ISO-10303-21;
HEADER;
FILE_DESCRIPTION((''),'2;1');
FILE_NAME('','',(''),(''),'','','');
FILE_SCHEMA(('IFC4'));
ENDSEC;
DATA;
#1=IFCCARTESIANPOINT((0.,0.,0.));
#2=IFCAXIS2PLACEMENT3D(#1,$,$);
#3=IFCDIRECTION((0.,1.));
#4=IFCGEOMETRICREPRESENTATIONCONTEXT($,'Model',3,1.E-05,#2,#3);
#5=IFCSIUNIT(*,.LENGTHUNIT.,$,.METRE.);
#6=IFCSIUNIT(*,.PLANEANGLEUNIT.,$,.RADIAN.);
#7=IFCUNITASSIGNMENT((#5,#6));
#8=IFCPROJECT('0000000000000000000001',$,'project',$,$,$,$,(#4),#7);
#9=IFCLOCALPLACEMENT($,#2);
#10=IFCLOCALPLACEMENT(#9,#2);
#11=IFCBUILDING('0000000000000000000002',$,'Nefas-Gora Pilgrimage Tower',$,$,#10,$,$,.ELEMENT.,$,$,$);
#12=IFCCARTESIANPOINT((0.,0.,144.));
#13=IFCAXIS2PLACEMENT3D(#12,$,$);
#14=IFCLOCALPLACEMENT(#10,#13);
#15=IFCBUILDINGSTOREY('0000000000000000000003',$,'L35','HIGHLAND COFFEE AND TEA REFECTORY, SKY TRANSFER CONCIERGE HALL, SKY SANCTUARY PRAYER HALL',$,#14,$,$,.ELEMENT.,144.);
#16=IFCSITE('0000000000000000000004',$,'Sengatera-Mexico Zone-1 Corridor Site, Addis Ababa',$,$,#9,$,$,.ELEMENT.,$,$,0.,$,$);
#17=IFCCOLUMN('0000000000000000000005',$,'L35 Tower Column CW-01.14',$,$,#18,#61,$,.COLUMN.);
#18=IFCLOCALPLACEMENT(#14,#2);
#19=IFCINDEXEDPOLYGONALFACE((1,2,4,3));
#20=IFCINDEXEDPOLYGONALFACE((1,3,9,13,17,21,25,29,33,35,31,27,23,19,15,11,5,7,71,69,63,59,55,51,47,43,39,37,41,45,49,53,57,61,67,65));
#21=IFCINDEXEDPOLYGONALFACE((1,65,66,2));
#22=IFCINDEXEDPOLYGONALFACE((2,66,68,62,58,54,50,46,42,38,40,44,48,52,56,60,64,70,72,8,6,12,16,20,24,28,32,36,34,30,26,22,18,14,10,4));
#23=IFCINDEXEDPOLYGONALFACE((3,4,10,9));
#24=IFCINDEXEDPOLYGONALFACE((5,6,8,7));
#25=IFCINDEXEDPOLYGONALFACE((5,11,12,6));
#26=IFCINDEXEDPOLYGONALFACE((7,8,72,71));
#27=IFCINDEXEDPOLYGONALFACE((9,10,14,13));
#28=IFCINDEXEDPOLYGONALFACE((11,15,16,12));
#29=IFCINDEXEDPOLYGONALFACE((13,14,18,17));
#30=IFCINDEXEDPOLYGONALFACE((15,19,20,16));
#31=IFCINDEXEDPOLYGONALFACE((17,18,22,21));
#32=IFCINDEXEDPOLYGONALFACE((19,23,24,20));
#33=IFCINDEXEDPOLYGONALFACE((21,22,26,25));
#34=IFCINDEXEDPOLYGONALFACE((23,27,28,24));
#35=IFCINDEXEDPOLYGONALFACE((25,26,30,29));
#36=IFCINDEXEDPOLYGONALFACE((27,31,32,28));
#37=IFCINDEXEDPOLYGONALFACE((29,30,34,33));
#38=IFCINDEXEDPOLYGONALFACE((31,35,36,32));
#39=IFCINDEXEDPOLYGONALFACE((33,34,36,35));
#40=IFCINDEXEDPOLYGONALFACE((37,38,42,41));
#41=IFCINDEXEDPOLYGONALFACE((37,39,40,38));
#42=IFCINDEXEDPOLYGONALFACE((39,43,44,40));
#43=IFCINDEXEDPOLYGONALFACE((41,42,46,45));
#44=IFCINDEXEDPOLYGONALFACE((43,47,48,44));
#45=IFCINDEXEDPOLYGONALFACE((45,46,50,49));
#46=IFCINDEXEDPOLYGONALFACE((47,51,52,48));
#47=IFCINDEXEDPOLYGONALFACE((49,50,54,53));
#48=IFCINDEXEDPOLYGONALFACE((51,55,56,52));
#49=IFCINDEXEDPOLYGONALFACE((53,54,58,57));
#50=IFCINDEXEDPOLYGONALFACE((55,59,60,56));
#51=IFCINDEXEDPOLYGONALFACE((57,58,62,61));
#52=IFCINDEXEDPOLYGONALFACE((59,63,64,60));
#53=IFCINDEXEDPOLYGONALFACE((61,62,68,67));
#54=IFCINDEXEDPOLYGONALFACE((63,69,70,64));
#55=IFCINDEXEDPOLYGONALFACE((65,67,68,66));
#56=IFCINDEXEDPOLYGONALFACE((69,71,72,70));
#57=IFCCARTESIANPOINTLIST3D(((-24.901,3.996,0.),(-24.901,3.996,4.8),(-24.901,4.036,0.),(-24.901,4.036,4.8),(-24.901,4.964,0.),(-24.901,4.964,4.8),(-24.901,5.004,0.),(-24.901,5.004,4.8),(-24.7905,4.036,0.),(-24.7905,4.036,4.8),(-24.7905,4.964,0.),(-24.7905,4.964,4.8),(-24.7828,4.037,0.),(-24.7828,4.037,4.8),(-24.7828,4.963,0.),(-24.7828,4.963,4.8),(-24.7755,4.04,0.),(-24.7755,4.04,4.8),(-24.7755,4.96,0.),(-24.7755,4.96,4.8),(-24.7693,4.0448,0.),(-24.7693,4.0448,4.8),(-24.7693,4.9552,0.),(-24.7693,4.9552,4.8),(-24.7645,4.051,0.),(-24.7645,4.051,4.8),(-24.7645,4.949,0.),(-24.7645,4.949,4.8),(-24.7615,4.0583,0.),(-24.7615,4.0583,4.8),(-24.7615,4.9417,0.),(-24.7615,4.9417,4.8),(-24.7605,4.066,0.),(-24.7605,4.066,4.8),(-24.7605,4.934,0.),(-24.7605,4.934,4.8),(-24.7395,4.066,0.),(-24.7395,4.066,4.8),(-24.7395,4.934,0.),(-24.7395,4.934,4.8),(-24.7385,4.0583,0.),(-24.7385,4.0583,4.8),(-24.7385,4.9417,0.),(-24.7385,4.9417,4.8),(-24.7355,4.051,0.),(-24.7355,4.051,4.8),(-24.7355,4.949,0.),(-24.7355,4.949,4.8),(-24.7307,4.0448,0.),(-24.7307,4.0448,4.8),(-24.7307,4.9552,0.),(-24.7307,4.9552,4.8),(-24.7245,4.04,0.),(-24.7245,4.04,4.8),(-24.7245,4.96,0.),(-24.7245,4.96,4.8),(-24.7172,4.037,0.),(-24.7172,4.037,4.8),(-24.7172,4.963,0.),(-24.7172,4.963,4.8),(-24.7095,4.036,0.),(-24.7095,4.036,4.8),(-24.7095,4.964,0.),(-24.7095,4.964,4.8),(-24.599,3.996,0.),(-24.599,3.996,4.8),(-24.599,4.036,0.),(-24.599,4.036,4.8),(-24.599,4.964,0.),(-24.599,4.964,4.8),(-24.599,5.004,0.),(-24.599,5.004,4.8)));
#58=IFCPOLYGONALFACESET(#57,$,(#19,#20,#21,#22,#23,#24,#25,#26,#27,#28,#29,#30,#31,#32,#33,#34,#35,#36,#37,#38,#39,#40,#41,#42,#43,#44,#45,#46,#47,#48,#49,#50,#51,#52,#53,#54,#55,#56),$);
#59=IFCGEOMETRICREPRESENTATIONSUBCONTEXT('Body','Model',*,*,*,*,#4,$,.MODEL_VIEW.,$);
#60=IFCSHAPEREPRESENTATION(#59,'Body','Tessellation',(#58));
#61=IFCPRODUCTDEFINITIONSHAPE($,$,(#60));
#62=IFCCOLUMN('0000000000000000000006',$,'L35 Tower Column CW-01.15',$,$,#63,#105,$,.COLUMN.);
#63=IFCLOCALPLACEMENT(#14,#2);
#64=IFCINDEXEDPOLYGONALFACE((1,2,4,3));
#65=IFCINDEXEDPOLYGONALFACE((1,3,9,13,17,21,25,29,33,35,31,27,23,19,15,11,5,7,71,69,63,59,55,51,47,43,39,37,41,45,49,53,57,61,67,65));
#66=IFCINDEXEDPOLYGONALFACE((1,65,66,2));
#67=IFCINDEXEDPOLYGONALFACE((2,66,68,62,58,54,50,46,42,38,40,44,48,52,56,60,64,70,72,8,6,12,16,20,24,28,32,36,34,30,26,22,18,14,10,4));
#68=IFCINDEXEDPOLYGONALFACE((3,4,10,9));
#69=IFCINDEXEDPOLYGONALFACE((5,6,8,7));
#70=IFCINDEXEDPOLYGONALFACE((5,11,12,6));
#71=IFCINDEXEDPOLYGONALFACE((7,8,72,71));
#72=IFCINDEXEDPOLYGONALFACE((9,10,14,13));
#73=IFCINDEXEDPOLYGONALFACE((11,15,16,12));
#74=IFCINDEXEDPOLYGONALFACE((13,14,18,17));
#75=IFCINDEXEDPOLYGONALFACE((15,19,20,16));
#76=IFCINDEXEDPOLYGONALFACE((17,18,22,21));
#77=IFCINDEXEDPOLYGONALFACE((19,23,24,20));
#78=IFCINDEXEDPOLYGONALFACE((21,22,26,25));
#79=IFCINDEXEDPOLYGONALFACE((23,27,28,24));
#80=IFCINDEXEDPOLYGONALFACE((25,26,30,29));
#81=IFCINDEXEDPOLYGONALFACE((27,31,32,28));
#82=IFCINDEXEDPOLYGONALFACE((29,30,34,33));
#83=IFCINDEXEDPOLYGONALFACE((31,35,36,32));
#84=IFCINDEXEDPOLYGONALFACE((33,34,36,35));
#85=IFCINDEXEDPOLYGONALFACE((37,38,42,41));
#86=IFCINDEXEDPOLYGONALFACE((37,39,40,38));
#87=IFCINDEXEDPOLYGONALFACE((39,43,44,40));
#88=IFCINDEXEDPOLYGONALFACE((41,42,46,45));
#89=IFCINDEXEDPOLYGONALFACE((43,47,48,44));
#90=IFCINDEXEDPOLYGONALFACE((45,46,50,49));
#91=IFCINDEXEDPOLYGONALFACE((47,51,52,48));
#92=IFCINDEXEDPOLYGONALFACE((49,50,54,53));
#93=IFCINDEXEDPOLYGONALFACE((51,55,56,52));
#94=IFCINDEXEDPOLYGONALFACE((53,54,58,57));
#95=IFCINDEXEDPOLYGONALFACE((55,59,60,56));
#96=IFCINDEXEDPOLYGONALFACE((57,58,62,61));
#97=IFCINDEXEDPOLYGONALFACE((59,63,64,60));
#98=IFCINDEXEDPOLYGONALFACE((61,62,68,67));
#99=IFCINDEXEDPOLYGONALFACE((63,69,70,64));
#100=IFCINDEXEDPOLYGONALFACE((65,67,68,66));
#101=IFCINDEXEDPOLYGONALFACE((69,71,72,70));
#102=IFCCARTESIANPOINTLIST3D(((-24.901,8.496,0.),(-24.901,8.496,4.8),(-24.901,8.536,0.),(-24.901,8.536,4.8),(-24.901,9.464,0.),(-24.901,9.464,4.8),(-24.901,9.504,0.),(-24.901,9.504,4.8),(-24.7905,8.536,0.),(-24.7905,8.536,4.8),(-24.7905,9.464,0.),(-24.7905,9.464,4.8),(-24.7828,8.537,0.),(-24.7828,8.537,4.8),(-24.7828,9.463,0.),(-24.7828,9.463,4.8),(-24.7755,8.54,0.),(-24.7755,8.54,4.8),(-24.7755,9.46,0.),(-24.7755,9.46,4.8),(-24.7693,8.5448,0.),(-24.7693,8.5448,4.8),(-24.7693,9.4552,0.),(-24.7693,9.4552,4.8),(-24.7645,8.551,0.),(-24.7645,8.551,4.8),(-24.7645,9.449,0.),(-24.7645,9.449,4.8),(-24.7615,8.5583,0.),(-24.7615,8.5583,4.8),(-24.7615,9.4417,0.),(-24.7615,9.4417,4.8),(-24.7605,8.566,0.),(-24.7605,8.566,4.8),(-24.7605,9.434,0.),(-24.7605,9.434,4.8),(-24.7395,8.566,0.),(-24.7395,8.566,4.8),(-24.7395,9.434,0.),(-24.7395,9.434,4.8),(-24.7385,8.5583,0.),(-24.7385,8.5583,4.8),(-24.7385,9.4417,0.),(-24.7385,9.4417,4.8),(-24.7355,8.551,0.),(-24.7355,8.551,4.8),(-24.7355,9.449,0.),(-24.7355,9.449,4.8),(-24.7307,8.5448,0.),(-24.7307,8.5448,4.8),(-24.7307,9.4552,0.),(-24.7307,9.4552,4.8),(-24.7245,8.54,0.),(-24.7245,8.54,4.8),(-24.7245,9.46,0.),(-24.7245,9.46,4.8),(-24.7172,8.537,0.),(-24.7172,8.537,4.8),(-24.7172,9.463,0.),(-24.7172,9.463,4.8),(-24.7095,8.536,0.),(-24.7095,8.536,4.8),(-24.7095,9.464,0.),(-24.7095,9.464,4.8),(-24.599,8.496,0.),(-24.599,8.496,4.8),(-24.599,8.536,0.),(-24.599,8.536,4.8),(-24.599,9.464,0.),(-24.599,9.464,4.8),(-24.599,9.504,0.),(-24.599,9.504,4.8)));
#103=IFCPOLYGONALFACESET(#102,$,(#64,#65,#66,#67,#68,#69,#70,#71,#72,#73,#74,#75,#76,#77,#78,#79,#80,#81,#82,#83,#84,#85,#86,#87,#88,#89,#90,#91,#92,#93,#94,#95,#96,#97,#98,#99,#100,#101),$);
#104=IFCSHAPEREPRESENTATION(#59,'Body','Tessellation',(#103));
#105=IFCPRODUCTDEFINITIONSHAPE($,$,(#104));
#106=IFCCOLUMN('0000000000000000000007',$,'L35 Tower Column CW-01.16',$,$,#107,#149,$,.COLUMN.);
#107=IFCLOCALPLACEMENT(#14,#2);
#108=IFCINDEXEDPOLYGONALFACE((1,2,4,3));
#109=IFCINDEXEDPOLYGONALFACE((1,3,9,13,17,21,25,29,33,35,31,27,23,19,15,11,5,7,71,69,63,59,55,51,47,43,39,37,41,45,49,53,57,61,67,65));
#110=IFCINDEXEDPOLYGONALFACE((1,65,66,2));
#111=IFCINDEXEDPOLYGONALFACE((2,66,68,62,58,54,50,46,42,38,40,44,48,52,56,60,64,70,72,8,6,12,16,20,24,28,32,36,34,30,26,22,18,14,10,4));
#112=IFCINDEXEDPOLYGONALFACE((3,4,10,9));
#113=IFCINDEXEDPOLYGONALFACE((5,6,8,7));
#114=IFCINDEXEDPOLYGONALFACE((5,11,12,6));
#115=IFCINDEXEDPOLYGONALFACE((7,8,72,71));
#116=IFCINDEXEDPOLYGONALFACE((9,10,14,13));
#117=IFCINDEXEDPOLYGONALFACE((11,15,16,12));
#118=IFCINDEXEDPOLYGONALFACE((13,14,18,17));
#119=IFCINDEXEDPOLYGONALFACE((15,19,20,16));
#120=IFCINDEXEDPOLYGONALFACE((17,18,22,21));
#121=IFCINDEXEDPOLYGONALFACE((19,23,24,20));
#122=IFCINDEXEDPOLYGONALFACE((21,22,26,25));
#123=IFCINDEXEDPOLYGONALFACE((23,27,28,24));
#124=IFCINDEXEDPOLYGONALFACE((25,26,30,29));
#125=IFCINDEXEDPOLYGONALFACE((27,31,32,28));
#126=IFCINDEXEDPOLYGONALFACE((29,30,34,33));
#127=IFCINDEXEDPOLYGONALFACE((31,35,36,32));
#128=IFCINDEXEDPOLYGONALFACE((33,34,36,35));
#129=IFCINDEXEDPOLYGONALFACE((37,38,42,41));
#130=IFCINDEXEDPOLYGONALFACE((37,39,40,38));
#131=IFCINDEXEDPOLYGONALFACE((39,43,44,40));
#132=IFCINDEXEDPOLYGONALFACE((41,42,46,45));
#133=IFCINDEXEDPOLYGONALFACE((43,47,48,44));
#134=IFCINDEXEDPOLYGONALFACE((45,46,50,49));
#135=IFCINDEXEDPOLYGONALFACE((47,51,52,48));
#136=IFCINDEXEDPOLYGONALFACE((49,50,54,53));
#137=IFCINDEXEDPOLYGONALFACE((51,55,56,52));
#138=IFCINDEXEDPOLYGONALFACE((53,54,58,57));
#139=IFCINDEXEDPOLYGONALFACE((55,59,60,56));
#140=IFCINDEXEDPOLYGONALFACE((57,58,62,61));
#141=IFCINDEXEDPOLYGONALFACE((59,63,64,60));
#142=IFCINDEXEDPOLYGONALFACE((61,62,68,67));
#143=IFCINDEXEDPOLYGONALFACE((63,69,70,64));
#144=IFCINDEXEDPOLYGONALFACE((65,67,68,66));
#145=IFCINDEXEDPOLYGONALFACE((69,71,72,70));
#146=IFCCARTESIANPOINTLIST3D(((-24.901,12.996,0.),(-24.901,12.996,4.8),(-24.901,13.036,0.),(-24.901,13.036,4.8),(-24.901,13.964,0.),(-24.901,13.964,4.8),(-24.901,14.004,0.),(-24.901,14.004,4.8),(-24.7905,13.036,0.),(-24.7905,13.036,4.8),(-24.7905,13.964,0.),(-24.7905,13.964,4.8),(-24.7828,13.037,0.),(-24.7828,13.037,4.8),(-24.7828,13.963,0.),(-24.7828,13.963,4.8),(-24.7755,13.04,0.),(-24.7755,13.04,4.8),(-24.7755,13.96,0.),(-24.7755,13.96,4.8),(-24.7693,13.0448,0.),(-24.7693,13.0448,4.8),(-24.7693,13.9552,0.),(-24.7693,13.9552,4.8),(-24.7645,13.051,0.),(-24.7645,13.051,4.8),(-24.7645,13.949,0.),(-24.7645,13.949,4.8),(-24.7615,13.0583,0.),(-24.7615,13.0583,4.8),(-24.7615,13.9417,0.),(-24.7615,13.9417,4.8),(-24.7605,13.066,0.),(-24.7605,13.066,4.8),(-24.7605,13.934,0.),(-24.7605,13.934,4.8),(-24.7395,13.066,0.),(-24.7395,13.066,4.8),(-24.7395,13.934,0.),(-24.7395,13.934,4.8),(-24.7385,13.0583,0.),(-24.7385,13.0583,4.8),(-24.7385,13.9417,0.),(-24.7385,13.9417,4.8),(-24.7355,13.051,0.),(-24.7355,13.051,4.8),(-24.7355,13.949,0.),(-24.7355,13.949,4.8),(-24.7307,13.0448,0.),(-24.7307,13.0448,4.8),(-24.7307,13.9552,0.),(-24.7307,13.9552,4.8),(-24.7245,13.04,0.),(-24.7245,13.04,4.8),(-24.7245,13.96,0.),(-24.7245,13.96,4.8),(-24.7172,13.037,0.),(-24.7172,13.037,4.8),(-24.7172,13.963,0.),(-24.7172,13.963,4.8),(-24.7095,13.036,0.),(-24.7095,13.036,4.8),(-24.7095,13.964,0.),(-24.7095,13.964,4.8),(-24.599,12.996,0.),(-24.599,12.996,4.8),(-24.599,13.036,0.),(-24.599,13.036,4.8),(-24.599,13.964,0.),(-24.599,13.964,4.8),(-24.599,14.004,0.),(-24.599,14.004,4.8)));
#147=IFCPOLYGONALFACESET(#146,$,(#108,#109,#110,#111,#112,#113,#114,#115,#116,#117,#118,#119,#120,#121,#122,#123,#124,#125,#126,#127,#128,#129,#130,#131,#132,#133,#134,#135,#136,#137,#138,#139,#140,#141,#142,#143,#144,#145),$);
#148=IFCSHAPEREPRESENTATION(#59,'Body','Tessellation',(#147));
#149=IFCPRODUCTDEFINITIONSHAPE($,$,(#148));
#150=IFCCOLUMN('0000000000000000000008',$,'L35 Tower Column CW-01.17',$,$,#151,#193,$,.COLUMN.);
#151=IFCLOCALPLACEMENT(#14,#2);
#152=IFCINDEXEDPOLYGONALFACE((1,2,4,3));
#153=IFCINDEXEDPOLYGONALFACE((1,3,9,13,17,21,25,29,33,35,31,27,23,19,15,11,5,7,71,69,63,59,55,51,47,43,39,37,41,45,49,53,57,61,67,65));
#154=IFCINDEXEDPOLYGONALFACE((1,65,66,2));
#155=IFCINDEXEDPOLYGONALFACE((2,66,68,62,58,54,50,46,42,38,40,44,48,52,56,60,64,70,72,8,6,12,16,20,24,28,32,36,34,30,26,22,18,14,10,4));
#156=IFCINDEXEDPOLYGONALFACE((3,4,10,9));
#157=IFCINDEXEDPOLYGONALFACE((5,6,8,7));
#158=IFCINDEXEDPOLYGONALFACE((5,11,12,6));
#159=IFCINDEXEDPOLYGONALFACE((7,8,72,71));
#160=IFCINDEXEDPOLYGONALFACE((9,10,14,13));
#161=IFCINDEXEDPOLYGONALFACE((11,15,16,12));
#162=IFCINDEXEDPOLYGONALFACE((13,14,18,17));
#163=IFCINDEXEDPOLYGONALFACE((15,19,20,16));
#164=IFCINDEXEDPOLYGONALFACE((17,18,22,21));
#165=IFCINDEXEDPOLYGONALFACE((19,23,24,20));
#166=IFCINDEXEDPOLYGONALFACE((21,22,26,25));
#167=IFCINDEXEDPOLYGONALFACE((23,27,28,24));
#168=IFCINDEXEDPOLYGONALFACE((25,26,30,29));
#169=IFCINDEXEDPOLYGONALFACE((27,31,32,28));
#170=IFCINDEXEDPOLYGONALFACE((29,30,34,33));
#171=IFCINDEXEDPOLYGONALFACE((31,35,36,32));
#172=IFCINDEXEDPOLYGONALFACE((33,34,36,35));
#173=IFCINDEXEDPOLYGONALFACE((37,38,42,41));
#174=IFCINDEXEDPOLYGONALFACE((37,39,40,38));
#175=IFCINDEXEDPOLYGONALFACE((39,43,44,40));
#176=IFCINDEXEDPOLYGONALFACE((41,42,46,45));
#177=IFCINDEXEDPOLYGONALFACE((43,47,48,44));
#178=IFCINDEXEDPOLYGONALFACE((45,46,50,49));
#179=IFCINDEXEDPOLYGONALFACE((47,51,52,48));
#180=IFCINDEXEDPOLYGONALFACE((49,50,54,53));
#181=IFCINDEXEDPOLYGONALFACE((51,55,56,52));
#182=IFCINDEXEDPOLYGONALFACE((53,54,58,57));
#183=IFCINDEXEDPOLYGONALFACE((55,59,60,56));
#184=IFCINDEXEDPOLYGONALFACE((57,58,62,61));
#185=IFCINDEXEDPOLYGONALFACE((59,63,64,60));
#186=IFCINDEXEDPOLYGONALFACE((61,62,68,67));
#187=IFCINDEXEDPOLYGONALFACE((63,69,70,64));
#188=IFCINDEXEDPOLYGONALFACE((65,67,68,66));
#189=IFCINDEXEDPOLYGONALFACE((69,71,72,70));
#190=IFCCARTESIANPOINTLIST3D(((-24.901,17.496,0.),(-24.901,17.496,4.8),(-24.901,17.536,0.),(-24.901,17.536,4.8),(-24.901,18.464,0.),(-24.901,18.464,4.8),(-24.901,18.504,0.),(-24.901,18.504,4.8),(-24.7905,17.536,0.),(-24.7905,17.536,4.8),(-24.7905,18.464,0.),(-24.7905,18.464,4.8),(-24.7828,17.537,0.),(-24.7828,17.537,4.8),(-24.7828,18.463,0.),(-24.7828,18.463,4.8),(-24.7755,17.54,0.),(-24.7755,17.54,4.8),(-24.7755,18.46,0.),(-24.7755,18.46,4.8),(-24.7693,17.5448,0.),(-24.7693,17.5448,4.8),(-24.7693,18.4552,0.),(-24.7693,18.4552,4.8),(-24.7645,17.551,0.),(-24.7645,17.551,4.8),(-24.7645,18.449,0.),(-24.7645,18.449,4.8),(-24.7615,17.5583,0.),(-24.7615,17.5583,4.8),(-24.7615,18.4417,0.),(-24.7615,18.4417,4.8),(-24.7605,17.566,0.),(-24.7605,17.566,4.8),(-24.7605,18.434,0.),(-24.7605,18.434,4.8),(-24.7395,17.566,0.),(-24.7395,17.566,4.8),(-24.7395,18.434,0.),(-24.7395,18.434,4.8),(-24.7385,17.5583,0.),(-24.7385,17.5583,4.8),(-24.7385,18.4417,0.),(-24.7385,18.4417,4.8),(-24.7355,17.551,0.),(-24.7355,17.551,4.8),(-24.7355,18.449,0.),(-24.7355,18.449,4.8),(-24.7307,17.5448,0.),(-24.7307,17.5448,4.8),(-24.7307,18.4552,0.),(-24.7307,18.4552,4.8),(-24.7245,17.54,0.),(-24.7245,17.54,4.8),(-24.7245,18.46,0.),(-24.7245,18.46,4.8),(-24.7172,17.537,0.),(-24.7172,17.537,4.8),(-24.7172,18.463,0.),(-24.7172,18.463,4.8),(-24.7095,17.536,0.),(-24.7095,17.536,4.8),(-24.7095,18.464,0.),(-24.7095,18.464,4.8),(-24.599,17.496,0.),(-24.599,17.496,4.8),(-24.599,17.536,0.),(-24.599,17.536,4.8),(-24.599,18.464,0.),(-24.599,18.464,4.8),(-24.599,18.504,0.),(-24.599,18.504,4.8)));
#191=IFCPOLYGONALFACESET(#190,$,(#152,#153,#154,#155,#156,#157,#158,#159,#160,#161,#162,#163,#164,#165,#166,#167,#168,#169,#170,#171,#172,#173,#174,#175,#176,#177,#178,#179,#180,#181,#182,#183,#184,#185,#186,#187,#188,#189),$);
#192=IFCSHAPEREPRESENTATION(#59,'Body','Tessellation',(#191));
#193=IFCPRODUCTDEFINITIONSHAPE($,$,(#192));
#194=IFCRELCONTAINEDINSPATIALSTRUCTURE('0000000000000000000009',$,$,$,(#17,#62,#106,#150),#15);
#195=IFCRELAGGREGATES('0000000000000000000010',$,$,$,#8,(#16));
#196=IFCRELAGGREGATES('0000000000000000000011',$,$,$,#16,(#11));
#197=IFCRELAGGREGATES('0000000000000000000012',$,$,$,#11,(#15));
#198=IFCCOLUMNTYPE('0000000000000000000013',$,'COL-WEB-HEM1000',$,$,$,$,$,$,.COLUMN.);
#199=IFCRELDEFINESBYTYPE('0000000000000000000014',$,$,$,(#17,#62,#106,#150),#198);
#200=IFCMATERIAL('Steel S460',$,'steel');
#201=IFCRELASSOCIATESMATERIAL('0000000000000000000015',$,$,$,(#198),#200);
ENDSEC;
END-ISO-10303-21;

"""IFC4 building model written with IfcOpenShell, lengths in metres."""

from ifc_helpers import new_model, si_unit, direction, frame, origin, origin_2d, place, context, subcontext, project, spatial, i_section, extrude, source, transform, mapped, material, material_profile, profile_set, type_object, element, save


model = new_model("IFC4")

# Units and contexts
model_context = context("Model", 3, precision=1e-05, world=origin(), true_north=direction((0.0, 1.0)))
body_context = subcontext(model_context, "Body", "Model", "MODEL_VIEW")
ifc_project = project(units=[si_unit("LENGTHUNIT", "METRE"), si_unit("PLANEANGLEUNIT", "RADIAN")], contexts=[model_context])

# Site, building, storey
site_placement = place(None, origin())
site = spatial("IfcSite", under=ifc_project, at=site_placement, Name="Sengatera-Mexico Zone-1 Corridor Site, Addis Ababa", CompositionType="ELEMENT", RefElevation=0.0)
building_placement = place(site_placement, origin())
building = spatial("IfcBuilding", under=site, at=building_placement, Name="Nefas-Gora Pilgrimage Tower", CompositionType="ELEMENT")
storey_placement = place(building_placement, frame((0.0, 0.0, 144.0)))
storey = spatial("IfcBuildingStorey", under=building, at=storey_placement, Name="L35", Description="HIGHLAND COFFEE AND TEA REFECTORY, SKY TRANSFER CONCIERGE HALL, SKY SANCTUARY PRAYER HALL", CompositionType="ELEMENT", Elevation=144.0)

# Columns
ifc_material_1 = material(Name="Steel S460", Category="steel")
ifc_material_profile_1 = material_profile(ifc_material_1, i_section(OverallWidth=0.302, OverallDepth=1.0081, WebThickness=0.021, FlangeThickness=0.04, FilletRadius=0.03, at=origin_2d()), Name="HEM 1000")
ifc_profile_set_1 = profile_set([ifc_material_profile_1], Name="Steel S460")
column_type_1 = type_object("IfcColumnType", Name="COL-WEB-HEM1000", PredefinedType="COLUMN", material=ifc_profile_set_1)
shared_shape_1 = source(origin(), body_context, "Body", "SweptSolid", [
    extrude(i_section(OverallWidth=0.302, OverallDepth=1.0081, WebThickness=0.021, FlangeThickness=0.04, FilletRadius=0.03, at=origin_2d()), origin(), (0.0, 0.0, 1.0), 4.8),
])
for number, where, z_axis, x_axis, name in (
    (1, (-24.75, 4.5, 0.0), (0.0, 0.0, 1.0), (1.0, 0.0, 0.0), "L35 Tower Column CW-01.14"),
    (2, (-24.75, 9.0, 0.0), (0.0, 0.0, 1.0), (1.0, 0.0, 0.0), "L35 Tower Column CW-01.15"),
    (3, (-24.75, 13.5, 0.0), (0.0, 0.0, 1.0), (1.0, 0.0, 0.0), "L35 Tower Column CW-01.16"),
    (4, (-24.75, 18.0, 0.0), (0.0, 0.0, 1.0), (1.0, 0.0, 0.0), "L35 Tower Column CW-01.17"),
):
    element("IfcColumn", number, at=place(storey_placement, frame(where, z_axis=z_axis, x_axis=x_axis)), inside=storey, type_object=column_type_1, Name=name, PredefinedType="COLUMN", context=body_context, shape_type="MappedRepresentation", body=[
        mapped(shared_shape_1, transform((0.0, 0.0, 0.0), x_axis=(1.0, 0.0, 0.0), y_axis=(0.0, 1.0, 0.0), z_axis=(0.0, 0.0, 1.0), scale=1.0)),
    ])

save(model, "model.ifc")
